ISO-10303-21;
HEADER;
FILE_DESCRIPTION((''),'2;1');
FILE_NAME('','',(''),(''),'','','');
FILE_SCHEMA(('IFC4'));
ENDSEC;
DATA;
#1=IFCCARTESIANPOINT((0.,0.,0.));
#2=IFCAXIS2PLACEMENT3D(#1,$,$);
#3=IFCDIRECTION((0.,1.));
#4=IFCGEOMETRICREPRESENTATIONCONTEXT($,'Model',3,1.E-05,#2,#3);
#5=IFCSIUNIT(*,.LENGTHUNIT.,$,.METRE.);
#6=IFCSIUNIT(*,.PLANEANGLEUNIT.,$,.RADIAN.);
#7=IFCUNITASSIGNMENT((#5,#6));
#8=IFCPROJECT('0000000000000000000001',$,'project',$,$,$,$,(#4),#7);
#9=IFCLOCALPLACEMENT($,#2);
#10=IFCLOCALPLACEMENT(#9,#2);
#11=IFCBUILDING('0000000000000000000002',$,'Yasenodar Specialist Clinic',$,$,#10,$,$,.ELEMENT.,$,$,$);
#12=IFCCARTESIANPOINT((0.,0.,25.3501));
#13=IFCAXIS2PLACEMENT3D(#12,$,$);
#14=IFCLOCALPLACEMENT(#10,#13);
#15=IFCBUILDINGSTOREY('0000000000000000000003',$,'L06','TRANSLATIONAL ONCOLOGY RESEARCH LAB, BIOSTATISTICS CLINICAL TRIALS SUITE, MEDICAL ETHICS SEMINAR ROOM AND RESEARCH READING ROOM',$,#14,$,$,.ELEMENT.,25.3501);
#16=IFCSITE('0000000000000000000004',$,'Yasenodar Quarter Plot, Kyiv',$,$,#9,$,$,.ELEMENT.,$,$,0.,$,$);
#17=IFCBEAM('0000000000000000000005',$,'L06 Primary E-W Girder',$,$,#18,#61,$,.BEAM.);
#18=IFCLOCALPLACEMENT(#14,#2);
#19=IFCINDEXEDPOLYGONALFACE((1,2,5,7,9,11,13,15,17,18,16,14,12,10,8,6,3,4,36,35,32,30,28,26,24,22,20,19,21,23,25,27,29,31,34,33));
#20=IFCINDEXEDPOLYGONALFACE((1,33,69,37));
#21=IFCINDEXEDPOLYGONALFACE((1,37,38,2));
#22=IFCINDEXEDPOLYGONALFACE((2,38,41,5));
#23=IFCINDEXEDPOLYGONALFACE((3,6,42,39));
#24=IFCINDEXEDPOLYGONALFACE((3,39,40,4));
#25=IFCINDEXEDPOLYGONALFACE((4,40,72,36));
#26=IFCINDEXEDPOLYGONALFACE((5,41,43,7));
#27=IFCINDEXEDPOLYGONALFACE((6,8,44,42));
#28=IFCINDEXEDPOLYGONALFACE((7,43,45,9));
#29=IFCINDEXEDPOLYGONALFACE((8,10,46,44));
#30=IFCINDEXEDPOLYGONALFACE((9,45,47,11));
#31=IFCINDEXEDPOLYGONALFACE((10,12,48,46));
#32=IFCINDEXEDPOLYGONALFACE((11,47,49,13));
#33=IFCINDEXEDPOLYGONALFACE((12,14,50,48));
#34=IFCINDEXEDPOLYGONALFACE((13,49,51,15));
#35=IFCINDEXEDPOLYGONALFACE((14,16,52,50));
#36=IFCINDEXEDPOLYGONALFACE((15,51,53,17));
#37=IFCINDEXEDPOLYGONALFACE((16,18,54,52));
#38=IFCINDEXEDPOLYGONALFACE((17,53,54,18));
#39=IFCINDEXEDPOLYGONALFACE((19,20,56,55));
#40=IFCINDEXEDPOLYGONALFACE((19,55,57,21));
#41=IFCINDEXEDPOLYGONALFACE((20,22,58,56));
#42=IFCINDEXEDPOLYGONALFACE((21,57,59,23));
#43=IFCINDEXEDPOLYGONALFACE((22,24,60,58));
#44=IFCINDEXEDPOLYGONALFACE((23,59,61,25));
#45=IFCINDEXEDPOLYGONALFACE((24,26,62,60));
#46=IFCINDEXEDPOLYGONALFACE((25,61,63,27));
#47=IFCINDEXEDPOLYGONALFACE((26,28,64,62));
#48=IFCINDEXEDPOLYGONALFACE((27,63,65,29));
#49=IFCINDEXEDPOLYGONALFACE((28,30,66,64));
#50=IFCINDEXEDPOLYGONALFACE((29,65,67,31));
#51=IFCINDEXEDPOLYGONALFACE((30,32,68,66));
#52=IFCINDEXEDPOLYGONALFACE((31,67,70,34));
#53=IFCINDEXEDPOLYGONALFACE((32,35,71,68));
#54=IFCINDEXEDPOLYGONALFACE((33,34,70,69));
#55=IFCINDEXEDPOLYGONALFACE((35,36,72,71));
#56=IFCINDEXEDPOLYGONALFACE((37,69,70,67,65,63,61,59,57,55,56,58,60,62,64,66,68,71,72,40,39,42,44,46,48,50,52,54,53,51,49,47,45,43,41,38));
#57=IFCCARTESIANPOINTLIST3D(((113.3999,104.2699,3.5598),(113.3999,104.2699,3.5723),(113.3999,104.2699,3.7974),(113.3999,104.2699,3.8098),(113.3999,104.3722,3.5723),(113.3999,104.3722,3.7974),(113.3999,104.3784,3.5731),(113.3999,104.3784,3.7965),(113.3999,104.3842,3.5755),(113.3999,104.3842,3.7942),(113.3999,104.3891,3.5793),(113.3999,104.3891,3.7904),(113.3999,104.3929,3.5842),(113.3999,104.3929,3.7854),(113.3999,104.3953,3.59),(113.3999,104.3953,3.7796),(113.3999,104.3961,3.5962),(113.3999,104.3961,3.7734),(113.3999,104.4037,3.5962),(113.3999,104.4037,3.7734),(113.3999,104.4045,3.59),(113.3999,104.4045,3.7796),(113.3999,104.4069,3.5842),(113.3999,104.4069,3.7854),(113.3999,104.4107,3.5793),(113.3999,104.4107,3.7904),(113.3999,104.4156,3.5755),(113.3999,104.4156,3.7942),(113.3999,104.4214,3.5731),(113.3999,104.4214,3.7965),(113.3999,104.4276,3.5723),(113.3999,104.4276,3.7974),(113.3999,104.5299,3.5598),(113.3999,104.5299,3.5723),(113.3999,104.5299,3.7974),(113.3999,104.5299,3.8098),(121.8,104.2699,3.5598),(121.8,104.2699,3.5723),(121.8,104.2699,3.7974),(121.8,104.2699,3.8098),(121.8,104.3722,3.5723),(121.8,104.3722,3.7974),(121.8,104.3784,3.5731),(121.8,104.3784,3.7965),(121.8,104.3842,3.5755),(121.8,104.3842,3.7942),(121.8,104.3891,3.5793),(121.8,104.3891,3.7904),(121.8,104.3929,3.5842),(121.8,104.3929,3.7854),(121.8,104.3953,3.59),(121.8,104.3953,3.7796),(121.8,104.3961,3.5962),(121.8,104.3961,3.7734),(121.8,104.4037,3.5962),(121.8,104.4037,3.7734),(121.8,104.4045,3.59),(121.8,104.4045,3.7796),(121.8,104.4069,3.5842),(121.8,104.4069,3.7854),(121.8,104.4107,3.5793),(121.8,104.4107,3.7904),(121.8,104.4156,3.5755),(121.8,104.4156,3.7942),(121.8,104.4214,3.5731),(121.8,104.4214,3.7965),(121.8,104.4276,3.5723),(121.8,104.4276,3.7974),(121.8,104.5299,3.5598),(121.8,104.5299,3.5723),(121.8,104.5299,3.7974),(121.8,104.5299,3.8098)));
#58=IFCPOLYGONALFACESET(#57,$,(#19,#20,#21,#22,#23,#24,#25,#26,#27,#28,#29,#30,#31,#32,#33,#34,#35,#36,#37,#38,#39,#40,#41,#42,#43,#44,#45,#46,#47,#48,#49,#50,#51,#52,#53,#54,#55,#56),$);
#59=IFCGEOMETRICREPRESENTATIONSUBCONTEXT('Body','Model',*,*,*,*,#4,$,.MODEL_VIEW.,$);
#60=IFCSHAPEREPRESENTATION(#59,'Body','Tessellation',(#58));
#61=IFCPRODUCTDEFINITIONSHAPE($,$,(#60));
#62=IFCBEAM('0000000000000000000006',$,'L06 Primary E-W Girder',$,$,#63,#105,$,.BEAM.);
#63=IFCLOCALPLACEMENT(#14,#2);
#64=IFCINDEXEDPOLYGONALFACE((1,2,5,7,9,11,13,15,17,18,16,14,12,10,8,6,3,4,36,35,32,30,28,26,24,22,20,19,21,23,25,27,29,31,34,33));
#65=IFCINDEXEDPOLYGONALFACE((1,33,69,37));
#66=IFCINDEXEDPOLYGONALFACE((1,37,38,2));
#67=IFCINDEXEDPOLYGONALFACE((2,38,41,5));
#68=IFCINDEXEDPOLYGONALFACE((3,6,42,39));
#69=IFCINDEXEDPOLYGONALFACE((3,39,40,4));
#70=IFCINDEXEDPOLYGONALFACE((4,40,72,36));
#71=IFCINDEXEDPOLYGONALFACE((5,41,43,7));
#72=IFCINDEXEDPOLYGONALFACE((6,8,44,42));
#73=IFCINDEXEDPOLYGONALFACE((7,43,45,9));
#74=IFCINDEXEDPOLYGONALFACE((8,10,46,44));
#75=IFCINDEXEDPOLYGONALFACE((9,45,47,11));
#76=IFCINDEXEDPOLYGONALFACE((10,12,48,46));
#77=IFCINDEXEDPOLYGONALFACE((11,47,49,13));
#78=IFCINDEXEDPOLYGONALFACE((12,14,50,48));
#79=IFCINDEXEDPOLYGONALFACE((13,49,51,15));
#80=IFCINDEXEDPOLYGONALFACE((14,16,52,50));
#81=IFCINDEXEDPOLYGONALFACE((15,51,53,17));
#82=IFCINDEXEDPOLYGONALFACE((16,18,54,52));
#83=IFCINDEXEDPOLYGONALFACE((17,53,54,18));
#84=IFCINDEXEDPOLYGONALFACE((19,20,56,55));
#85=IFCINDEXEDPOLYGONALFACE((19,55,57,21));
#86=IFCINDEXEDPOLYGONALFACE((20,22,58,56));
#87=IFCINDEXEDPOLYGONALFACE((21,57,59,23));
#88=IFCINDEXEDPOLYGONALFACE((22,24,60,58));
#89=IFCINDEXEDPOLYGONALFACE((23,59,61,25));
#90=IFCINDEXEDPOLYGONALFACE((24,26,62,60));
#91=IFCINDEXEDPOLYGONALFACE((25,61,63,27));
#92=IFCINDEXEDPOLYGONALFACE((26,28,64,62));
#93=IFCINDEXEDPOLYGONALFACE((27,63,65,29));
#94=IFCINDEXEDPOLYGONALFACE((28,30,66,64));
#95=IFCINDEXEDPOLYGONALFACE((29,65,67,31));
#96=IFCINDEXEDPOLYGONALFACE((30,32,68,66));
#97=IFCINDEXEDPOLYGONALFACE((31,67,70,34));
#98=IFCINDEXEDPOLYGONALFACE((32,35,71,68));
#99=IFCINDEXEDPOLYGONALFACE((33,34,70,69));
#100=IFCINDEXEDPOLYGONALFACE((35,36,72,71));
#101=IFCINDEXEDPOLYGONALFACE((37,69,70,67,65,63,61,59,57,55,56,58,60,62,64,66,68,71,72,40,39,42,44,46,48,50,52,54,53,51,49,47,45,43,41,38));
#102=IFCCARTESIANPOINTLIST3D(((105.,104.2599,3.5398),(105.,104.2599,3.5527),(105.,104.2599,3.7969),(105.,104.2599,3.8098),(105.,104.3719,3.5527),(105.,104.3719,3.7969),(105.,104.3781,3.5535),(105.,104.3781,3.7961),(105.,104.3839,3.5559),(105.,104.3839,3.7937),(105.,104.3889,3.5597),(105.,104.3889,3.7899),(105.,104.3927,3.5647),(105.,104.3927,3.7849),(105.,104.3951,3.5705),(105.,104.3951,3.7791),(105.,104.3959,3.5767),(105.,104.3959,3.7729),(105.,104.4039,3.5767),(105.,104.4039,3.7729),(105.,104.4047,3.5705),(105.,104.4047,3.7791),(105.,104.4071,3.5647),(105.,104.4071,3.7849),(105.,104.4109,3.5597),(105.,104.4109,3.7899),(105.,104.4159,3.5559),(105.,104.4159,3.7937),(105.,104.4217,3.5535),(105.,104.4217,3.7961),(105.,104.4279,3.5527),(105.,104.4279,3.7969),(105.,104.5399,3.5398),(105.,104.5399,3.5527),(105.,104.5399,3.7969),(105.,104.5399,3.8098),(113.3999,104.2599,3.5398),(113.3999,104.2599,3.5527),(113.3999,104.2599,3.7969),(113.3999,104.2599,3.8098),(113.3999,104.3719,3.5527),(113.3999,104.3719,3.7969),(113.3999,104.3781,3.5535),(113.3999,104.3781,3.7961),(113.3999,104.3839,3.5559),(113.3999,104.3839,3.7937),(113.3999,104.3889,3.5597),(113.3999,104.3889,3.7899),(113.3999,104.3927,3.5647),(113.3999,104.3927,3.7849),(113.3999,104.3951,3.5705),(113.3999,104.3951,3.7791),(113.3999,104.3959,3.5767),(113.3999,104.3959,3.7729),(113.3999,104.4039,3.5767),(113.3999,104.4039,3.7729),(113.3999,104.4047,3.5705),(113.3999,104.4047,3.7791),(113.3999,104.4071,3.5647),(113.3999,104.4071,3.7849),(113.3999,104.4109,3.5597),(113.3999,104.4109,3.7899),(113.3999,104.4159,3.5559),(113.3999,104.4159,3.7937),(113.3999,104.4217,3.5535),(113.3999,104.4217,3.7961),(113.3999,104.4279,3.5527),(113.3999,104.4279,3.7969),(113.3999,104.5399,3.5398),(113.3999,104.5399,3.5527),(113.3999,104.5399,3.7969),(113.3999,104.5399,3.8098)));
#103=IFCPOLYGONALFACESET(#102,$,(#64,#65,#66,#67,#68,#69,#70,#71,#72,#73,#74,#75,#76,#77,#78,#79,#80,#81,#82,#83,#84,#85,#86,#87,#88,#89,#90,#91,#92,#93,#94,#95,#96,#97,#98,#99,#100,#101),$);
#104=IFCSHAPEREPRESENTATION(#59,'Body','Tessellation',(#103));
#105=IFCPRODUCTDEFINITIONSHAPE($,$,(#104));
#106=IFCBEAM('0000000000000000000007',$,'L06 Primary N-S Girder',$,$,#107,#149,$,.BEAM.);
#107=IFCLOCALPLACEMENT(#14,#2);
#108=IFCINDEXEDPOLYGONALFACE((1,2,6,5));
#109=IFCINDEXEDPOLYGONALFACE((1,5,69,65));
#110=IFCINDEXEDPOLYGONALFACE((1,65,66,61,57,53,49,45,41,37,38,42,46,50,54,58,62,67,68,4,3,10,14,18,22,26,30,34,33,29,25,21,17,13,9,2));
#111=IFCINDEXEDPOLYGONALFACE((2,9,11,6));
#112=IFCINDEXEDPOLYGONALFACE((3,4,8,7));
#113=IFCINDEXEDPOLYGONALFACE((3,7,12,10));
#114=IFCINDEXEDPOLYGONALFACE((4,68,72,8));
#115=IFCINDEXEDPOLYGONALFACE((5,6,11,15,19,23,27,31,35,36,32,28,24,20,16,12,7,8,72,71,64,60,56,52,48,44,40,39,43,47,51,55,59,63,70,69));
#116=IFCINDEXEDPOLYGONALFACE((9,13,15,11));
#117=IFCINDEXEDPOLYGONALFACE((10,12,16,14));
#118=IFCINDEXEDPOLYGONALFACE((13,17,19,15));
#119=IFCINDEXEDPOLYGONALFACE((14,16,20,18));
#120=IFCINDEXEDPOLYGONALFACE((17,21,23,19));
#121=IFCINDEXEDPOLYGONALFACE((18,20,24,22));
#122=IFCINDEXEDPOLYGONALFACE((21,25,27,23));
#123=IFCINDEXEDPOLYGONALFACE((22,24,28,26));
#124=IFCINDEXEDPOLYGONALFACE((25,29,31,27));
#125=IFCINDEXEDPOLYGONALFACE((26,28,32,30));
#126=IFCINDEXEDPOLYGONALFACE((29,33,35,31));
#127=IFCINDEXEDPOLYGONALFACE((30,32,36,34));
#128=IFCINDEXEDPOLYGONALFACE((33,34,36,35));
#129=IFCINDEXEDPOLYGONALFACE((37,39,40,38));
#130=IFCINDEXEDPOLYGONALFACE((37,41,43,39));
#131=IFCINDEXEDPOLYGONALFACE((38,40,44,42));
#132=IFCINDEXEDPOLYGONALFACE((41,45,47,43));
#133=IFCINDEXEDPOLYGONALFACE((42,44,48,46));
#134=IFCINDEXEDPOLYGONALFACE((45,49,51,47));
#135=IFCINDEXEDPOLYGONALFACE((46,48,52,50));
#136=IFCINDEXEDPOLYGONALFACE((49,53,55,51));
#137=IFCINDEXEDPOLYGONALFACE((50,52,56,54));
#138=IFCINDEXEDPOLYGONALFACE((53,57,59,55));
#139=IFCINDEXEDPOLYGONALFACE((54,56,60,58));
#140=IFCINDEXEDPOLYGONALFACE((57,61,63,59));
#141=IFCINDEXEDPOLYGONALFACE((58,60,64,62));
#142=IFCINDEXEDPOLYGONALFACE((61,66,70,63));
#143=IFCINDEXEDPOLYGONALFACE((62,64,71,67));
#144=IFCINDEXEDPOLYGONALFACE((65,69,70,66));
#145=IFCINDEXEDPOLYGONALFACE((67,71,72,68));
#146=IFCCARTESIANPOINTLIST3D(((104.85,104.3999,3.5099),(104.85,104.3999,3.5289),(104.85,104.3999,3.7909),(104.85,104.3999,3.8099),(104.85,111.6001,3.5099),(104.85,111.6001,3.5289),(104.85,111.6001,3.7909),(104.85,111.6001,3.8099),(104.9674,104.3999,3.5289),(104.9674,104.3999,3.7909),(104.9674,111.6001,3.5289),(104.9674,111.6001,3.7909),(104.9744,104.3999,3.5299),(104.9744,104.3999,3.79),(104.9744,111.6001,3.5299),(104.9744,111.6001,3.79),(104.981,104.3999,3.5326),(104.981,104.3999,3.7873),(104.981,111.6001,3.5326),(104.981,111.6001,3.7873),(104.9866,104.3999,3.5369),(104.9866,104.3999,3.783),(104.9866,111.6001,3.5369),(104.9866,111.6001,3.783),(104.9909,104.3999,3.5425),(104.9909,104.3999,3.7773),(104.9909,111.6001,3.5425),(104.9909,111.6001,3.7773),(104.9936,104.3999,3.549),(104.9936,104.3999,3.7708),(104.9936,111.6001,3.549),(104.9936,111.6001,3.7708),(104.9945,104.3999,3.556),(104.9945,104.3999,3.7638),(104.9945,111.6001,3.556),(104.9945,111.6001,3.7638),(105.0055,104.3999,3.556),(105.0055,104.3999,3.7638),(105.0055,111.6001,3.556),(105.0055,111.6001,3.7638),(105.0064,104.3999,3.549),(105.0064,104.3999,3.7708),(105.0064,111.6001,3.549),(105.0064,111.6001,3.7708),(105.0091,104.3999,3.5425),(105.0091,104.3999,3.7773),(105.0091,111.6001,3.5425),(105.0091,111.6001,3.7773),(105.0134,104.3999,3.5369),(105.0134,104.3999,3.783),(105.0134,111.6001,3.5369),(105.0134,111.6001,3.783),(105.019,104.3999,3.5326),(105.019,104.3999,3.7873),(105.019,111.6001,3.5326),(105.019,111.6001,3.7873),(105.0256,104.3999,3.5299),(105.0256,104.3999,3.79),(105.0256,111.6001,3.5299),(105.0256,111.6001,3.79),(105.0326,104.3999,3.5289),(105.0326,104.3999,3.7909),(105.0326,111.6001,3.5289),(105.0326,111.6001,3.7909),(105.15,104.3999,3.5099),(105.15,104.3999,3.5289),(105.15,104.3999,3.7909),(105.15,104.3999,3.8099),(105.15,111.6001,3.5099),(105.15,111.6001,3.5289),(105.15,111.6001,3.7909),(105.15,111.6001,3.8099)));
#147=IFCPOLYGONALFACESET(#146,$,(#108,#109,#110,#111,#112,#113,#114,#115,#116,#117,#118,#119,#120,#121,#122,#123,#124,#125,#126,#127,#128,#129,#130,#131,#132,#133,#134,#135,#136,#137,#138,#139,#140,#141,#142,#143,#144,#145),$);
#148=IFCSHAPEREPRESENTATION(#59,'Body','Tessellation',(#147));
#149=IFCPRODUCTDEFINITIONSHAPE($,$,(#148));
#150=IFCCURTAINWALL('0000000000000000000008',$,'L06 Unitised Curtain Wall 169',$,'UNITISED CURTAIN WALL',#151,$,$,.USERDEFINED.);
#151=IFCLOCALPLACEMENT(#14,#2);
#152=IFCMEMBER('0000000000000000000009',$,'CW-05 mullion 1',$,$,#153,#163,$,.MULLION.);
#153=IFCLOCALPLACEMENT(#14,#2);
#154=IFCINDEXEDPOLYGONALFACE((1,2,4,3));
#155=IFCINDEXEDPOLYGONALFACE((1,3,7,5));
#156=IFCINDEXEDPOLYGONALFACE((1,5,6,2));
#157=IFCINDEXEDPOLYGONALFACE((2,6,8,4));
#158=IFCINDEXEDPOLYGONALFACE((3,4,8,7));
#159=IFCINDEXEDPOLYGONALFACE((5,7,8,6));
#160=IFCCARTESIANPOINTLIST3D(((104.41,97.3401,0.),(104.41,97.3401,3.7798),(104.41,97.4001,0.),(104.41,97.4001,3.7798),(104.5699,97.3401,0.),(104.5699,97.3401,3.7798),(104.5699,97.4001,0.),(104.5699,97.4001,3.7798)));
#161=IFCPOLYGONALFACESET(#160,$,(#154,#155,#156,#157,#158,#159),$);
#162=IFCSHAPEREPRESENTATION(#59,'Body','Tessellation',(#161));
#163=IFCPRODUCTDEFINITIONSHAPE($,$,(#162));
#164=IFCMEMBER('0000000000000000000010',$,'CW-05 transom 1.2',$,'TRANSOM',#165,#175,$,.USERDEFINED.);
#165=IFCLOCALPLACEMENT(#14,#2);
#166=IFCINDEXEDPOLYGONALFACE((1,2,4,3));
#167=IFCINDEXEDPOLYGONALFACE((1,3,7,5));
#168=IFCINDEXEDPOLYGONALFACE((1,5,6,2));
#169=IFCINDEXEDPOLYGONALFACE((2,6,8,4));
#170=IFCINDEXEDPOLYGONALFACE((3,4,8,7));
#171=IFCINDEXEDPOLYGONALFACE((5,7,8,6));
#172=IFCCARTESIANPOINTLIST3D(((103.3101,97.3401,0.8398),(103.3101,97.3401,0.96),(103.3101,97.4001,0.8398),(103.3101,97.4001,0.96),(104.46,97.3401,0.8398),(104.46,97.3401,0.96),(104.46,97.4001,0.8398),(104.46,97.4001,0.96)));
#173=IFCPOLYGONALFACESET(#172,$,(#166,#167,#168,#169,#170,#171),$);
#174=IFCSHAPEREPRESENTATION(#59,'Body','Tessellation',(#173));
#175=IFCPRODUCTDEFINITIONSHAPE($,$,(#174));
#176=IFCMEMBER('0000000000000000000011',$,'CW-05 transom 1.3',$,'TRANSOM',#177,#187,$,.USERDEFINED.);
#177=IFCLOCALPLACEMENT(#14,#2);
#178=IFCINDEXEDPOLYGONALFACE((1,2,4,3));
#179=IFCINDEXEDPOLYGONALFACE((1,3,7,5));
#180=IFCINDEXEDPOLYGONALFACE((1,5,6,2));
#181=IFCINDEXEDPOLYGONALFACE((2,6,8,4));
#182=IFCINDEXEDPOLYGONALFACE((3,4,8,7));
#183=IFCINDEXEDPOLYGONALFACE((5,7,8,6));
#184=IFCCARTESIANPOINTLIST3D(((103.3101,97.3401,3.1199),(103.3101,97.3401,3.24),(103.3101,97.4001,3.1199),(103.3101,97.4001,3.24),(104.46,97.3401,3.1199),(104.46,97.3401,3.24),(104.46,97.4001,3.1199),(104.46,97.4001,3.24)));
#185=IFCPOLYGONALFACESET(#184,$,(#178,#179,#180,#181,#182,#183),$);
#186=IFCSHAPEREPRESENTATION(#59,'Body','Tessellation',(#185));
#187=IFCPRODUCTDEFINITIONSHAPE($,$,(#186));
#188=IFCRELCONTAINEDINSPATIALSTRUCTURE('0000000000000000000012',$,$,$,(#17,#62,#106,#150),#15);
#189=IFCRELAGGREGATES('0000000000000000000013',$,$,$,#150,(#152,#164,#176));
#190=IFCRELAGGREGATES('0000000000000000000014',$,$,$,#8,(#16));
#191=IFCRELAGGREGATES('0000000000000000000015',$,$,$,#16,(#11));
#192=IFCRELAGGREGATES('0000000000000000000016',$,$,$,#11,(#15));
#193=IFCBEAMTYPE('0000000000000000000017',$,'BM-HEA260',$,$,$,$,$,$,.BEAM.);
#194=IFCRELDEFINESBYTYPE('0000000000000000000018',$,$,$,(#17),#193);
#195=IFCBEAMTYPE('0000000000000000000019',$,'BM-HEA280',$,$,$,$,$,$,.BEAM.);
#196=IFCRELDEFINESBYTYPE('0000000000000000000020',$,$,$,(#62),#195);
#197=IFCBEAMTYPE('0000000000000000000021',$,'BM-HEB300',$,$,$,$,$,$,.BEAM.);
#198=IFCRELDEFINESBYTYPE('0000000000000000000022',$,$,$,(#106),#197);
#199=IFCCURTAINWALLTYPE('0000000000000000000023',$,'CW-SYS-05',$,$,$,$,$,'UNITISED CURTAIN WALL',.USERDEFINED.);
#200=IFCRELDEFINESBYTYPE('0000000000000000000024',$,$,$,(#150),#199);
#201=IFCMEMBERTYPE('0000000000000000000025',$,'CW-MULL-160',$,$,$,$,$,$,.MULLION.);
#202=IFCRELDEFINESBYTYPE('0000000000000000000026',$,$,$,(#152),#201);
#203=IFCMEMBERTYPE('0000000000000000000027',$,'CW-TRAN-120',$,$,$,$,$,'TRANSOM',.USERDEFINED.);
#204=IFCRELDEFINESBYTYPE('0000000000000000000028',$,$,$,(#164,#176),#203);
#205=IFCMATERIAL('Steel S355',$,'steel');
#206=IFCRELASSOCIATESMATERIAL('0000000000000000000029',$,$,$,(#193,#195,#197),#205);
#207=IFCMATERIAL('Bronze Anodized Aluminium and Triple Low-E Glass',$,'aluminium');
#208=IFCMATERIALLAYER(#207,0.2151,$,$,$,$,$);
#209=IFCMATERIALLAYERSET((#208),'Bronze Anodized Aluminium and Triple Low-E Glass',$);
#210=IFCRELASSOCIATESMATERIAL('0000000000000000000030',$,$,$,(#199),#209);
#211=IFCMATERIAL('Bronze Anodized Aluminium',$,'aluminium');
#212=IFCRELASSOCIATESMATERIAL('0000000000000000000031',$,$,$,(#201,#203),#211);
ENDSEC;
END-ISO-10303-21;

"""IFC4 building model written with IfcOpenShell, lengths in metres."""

from ifc_helpers import new_model, si_unit, direction, frame, origin, origin_2d, place, context, subcontext, project, spatial, rectangle, i_section, extrude, material, layer, layer_set, material_profile, profile_set, type_object, element, aggregate, save


model = new_model("IFC4")

# Units and contexts
model_context = context("Model", 3, precision=1e-05, world=origin(), true_north=direction((0.0, 1.0)))
body_context = subcontext(model_context, "Body", "Model", "MODEL_VIEW")
ifc_project = project(units=[si_unit("LENGTHUNIT", "METRE"), si_unit("PLANEANGLEUNIT", "RADIAN")], contexts=[model_context])

# Site, building, storey
site_placement = place(None, origin())
site = spatial("IfcSite", under=ifc_project, at=site_placement, Name="Yasenodar Quarter Plot, Kyiv", CompositionType="ELEMENT", RefElevation=0.0)
building_placement = place(site_placement, origin())
building = spatial("IfcBuilding", under=site, at=building_placement, Name="Yasenodar Specialist Clinic", CompositionType="ELEMENT")
storey_placement = place(building_placement, frame((0.0, 0.0, 25.3501)))
storey = spatial("IfcBuildingStorey", under=building, at=storey_placement, Name="L06", Description="TRANSLATIONAL ONCOLOGY RESEARCH LAB, BIOSTATISTICS CLINICAL TRIALS SUITE, MEDICAL ETHICS SEMINAR ROOM AND RESEARCH READING ROOM", CompositionType="ELEMENT", Elevation=25.3501)

# Shared definitions
ifc_material_1 = material(Name="Steel S355", Category="steel")

# Beams
ifc_material_profile_1 = material_profile(ifc_material_1, i_section(OverallWidth=0.26, OverallDepth=0.25, WebThickness=0.0076, FlangeThickness=0.0125, FilletRadius=0.0239, at=origin_2d()), Name="HEA 260")
ifc_profile_set_1 = profile_set([ifc_material_profile_1], Name="Steel S355")
beam_type_1 = type_object("IfcBeamType", Name="BM-HEA260", PredefinedType="BEAM", material=ifc_profile_set_1)
beam_1_placement = place(storey_placement, frame((113.3999, 104.3999, 3.6848), z_axis=(1.0, 0.0, 0.0), x_axis=(0.0, 1.0, 0.0)))
element("IfcBeam", 1, at=beam_1_placement, inside=storey, type_object=beam_type_1, Name="L06 Primary E-W Girder", PredefinedType="BEAM", context=body_context, shape_type="SweptSolid", body=[
    extrude(i_section(OverallWidth=0.26, OverallDepth=0.25, WebThickness=0.0076, FlangeThickness=0.0125, FilletRadius=0.0239, at=origin_2d()), origin(), (0.0, 0.0, 1.0), 8.4001),
])
ifc_material_profile_2 = material_profile(ifc_material_1, i_section(OverallWidth=0.28, OverallDepth=0.27, WebThickness=0.0081, FlangeThickness=0.0129, FilletRadius=0.0239, at=origin_2d()), Name="HEA 280")
ifc_profile_set_2 = profile_set([ifc_material_profile_2], Name="Steel S355")
beam_type_2 = type_object("IfcBeamType", Name="BM-HEA280", PredefinedType="BEAM", material=ifc_profile_set_2)
beam_2_placement = place(storey_placement, frame((105.0, 104.3999, 3.6748), z_axis=(1.0, 0.0, 0.0), x_axis=(0.0, 1.0, 0.0)))
element("IfcBeam", 2, at=beam_2_placement, inside=storey, type_object=beam_type_2, Name="L06 Primary E-W Girder", PredefinedType="BEAM", context=body_context, shape_type="SweptSolid", body=[
    extrude(i_section(OverallWidth=0.28, OverallDepth=0.27, WebThickness=0.0081, FlangeThickness=0.0129, FilletRadius=0.0239, at=origin_2d()), origin(), (0.0, 0.0, 1.0), 8.3999),
])
ifc_material_profile_3 = material_profile(ifc_material_1, i_section(OverallWidth=0.3, OverallDepth=0.3, WebThickness=0.011, FlangeThickness=0.019, FilletRadius=0.0271, at=origin_2d()), Name="HEB 300")
ifc_profile_set_3 = profile_set([ifc_material_profile_3], Name="Steel S355")
beam_type_3 = type_object("IfcBeamType", Name="BM-HEB300", PredefinedType="BEAM", material=ifc_profile_set_3)
beam_3_placement = place(storey_placement, frame((105.0, 104.3999, 3.6599), z_axis=(0.0, 1.0, 0.0), x_axis=(-1.0, 0.0, 0.0)))
element("IfcBeam", 3, at=beam_3_placement, inside=storey, type_object=beam_type_3, Name="L06 Primary N-S Girder", PredefinedType="BEAM", context=body_context, shape_type="SweptSolid", body=[
    extrude(i_section(OverallWidth=0.3, OverallDepth=0.3, WebThickness=0.011, FlangeThickness=0.019, FilletRadius=0.0271, at=origin_2d()), origin(), (0.0, 0.0, 1.0), 7.2002),
])

# Curtain wall, members
ifc_material_2 = material(Name="Bronze Anodized Aluminium and Triple Low-E Glass", Category="aluminium")
ifc_layer_1 = layer(ifc_material_2, 0.2151)
ifc_layer_set_1 = layer_set([ifc_layer_1], Name="Bronze Anodized Aluminium and Triple Low-E Glass")
curtain_wall_type = type_object("IfcCurtainWallType", Name="CW-SYS-05", ElementType="UNITISED CURTAIN WALL", PredefinedType="USERDEFINED", material=ifc_layer_set_1)
curtain_wall_placement = place(storey_placement, origin())
curtain_wall = element("IfcCurtainWall", 4, at=curtain_wall_placement, inside=storey, type_object=curtain_wall_type, Name="L06 Unitised Curtain Wall 169", ObjectType="UNITISED CURTAIN WALL", PredefinedType="USERDEFINED")
ifc_material_3 = material(Name="Bronze Anodized Aluminium", Category="aluminium")
ifc_material_profile_4 = material_profile(ifc_material_3, rectangle(XDim=0.0601, YDim=0.1599, at=origin_2d()), Name="CW-MULL 60x160")
ifc_profile_set_4 = profile_set([ifc_material_profile_4], Name="Bronze Anodized Aluminium")
member_type_1 = type_object("IfcMemberType", Name="CW-MULL-160", PredefinedType="MULLION", material=ifc_profile_set_4)
member_1_placement = place(storey_placement, frame((104.49, 97.3701, 0.0), z_axis=(0.0, 0.0, 1.0), x_axis=(0.0, -1.0, 0.0)))
member_1 = element("IfcMember", 5, at=member_1_placement, type_object=member_type_1, Name="CW-05 mullion 1", PredefinedType="MULLION", context=body_context, shape_type="SweptSolid", body=[
    extrude(rectangle(XDim=0.0601, YDim=0.1599, at=origin_2d()), origin(), (0.0, 0.0, 1.0), 3.7798),
])
ifc_material_profile_5 = material_profile(ifc_material_3, rectangle(XDim=0.0601, YDim=0.1201, at=origin_2d()), Name="CW-TRAN 60x120")
ifc_profile_set_5 = profile_set([ifc_material_profile_5], Name="Bronze Anodized Aluminium")
member_type_2 = type_object("IfcMemberType", Name="CW-TRAN-120", ElementType="TRANSOM", PredefinedType="USERDEFINED", material=ifc_profile_set_5)
member_2_placement = place(storey_placement, frame((104.46, 97.3701, 0.8999), z_axis=(-1.0, 0.0, 0.0), x_axis=(0.0, -1.0, 0.0)))
member_2 = element("IfcMember", 6, at=member_2_placement, type_object=member_type_2, Name="CW-05 transom 1.2", ObjectType="TRANSOM", PredefinedType="USERDEFINED", context=body_context, shape_type="SweptSolid", body=[
    extrude(rectangle(XDim=0.0601, YDim=0.1201, at=origin_2d()), origin(), (0.0, 0.0, 1.0), 1.1499),
])
member_3_placement = place(storey_placement, frame((104.46, 97.3701, 3.1799), z_axis=(-1.0, 0.0, 0.0), x_axis=(0.0, -1.0, 0.0)))
member_3 = element("IfcMember", 7, at=member_3_placement, type_object=member_type_2, Name="CW-05 transom 1.3", ObjectType="TRANSOM", PredefinedType="USERDEFINED", context=body_context, shape_type="SweptSolid", body=[
    extrude(rectangle(XDim=0.0601, YDim=0.1201, at=origin_2d()), origin(), (0.0, 0.0, 1.0), 1.1499),
])
aggregate(curtain_wall, [member_1, member_2, member_3])

save(model, "model.ifc")
